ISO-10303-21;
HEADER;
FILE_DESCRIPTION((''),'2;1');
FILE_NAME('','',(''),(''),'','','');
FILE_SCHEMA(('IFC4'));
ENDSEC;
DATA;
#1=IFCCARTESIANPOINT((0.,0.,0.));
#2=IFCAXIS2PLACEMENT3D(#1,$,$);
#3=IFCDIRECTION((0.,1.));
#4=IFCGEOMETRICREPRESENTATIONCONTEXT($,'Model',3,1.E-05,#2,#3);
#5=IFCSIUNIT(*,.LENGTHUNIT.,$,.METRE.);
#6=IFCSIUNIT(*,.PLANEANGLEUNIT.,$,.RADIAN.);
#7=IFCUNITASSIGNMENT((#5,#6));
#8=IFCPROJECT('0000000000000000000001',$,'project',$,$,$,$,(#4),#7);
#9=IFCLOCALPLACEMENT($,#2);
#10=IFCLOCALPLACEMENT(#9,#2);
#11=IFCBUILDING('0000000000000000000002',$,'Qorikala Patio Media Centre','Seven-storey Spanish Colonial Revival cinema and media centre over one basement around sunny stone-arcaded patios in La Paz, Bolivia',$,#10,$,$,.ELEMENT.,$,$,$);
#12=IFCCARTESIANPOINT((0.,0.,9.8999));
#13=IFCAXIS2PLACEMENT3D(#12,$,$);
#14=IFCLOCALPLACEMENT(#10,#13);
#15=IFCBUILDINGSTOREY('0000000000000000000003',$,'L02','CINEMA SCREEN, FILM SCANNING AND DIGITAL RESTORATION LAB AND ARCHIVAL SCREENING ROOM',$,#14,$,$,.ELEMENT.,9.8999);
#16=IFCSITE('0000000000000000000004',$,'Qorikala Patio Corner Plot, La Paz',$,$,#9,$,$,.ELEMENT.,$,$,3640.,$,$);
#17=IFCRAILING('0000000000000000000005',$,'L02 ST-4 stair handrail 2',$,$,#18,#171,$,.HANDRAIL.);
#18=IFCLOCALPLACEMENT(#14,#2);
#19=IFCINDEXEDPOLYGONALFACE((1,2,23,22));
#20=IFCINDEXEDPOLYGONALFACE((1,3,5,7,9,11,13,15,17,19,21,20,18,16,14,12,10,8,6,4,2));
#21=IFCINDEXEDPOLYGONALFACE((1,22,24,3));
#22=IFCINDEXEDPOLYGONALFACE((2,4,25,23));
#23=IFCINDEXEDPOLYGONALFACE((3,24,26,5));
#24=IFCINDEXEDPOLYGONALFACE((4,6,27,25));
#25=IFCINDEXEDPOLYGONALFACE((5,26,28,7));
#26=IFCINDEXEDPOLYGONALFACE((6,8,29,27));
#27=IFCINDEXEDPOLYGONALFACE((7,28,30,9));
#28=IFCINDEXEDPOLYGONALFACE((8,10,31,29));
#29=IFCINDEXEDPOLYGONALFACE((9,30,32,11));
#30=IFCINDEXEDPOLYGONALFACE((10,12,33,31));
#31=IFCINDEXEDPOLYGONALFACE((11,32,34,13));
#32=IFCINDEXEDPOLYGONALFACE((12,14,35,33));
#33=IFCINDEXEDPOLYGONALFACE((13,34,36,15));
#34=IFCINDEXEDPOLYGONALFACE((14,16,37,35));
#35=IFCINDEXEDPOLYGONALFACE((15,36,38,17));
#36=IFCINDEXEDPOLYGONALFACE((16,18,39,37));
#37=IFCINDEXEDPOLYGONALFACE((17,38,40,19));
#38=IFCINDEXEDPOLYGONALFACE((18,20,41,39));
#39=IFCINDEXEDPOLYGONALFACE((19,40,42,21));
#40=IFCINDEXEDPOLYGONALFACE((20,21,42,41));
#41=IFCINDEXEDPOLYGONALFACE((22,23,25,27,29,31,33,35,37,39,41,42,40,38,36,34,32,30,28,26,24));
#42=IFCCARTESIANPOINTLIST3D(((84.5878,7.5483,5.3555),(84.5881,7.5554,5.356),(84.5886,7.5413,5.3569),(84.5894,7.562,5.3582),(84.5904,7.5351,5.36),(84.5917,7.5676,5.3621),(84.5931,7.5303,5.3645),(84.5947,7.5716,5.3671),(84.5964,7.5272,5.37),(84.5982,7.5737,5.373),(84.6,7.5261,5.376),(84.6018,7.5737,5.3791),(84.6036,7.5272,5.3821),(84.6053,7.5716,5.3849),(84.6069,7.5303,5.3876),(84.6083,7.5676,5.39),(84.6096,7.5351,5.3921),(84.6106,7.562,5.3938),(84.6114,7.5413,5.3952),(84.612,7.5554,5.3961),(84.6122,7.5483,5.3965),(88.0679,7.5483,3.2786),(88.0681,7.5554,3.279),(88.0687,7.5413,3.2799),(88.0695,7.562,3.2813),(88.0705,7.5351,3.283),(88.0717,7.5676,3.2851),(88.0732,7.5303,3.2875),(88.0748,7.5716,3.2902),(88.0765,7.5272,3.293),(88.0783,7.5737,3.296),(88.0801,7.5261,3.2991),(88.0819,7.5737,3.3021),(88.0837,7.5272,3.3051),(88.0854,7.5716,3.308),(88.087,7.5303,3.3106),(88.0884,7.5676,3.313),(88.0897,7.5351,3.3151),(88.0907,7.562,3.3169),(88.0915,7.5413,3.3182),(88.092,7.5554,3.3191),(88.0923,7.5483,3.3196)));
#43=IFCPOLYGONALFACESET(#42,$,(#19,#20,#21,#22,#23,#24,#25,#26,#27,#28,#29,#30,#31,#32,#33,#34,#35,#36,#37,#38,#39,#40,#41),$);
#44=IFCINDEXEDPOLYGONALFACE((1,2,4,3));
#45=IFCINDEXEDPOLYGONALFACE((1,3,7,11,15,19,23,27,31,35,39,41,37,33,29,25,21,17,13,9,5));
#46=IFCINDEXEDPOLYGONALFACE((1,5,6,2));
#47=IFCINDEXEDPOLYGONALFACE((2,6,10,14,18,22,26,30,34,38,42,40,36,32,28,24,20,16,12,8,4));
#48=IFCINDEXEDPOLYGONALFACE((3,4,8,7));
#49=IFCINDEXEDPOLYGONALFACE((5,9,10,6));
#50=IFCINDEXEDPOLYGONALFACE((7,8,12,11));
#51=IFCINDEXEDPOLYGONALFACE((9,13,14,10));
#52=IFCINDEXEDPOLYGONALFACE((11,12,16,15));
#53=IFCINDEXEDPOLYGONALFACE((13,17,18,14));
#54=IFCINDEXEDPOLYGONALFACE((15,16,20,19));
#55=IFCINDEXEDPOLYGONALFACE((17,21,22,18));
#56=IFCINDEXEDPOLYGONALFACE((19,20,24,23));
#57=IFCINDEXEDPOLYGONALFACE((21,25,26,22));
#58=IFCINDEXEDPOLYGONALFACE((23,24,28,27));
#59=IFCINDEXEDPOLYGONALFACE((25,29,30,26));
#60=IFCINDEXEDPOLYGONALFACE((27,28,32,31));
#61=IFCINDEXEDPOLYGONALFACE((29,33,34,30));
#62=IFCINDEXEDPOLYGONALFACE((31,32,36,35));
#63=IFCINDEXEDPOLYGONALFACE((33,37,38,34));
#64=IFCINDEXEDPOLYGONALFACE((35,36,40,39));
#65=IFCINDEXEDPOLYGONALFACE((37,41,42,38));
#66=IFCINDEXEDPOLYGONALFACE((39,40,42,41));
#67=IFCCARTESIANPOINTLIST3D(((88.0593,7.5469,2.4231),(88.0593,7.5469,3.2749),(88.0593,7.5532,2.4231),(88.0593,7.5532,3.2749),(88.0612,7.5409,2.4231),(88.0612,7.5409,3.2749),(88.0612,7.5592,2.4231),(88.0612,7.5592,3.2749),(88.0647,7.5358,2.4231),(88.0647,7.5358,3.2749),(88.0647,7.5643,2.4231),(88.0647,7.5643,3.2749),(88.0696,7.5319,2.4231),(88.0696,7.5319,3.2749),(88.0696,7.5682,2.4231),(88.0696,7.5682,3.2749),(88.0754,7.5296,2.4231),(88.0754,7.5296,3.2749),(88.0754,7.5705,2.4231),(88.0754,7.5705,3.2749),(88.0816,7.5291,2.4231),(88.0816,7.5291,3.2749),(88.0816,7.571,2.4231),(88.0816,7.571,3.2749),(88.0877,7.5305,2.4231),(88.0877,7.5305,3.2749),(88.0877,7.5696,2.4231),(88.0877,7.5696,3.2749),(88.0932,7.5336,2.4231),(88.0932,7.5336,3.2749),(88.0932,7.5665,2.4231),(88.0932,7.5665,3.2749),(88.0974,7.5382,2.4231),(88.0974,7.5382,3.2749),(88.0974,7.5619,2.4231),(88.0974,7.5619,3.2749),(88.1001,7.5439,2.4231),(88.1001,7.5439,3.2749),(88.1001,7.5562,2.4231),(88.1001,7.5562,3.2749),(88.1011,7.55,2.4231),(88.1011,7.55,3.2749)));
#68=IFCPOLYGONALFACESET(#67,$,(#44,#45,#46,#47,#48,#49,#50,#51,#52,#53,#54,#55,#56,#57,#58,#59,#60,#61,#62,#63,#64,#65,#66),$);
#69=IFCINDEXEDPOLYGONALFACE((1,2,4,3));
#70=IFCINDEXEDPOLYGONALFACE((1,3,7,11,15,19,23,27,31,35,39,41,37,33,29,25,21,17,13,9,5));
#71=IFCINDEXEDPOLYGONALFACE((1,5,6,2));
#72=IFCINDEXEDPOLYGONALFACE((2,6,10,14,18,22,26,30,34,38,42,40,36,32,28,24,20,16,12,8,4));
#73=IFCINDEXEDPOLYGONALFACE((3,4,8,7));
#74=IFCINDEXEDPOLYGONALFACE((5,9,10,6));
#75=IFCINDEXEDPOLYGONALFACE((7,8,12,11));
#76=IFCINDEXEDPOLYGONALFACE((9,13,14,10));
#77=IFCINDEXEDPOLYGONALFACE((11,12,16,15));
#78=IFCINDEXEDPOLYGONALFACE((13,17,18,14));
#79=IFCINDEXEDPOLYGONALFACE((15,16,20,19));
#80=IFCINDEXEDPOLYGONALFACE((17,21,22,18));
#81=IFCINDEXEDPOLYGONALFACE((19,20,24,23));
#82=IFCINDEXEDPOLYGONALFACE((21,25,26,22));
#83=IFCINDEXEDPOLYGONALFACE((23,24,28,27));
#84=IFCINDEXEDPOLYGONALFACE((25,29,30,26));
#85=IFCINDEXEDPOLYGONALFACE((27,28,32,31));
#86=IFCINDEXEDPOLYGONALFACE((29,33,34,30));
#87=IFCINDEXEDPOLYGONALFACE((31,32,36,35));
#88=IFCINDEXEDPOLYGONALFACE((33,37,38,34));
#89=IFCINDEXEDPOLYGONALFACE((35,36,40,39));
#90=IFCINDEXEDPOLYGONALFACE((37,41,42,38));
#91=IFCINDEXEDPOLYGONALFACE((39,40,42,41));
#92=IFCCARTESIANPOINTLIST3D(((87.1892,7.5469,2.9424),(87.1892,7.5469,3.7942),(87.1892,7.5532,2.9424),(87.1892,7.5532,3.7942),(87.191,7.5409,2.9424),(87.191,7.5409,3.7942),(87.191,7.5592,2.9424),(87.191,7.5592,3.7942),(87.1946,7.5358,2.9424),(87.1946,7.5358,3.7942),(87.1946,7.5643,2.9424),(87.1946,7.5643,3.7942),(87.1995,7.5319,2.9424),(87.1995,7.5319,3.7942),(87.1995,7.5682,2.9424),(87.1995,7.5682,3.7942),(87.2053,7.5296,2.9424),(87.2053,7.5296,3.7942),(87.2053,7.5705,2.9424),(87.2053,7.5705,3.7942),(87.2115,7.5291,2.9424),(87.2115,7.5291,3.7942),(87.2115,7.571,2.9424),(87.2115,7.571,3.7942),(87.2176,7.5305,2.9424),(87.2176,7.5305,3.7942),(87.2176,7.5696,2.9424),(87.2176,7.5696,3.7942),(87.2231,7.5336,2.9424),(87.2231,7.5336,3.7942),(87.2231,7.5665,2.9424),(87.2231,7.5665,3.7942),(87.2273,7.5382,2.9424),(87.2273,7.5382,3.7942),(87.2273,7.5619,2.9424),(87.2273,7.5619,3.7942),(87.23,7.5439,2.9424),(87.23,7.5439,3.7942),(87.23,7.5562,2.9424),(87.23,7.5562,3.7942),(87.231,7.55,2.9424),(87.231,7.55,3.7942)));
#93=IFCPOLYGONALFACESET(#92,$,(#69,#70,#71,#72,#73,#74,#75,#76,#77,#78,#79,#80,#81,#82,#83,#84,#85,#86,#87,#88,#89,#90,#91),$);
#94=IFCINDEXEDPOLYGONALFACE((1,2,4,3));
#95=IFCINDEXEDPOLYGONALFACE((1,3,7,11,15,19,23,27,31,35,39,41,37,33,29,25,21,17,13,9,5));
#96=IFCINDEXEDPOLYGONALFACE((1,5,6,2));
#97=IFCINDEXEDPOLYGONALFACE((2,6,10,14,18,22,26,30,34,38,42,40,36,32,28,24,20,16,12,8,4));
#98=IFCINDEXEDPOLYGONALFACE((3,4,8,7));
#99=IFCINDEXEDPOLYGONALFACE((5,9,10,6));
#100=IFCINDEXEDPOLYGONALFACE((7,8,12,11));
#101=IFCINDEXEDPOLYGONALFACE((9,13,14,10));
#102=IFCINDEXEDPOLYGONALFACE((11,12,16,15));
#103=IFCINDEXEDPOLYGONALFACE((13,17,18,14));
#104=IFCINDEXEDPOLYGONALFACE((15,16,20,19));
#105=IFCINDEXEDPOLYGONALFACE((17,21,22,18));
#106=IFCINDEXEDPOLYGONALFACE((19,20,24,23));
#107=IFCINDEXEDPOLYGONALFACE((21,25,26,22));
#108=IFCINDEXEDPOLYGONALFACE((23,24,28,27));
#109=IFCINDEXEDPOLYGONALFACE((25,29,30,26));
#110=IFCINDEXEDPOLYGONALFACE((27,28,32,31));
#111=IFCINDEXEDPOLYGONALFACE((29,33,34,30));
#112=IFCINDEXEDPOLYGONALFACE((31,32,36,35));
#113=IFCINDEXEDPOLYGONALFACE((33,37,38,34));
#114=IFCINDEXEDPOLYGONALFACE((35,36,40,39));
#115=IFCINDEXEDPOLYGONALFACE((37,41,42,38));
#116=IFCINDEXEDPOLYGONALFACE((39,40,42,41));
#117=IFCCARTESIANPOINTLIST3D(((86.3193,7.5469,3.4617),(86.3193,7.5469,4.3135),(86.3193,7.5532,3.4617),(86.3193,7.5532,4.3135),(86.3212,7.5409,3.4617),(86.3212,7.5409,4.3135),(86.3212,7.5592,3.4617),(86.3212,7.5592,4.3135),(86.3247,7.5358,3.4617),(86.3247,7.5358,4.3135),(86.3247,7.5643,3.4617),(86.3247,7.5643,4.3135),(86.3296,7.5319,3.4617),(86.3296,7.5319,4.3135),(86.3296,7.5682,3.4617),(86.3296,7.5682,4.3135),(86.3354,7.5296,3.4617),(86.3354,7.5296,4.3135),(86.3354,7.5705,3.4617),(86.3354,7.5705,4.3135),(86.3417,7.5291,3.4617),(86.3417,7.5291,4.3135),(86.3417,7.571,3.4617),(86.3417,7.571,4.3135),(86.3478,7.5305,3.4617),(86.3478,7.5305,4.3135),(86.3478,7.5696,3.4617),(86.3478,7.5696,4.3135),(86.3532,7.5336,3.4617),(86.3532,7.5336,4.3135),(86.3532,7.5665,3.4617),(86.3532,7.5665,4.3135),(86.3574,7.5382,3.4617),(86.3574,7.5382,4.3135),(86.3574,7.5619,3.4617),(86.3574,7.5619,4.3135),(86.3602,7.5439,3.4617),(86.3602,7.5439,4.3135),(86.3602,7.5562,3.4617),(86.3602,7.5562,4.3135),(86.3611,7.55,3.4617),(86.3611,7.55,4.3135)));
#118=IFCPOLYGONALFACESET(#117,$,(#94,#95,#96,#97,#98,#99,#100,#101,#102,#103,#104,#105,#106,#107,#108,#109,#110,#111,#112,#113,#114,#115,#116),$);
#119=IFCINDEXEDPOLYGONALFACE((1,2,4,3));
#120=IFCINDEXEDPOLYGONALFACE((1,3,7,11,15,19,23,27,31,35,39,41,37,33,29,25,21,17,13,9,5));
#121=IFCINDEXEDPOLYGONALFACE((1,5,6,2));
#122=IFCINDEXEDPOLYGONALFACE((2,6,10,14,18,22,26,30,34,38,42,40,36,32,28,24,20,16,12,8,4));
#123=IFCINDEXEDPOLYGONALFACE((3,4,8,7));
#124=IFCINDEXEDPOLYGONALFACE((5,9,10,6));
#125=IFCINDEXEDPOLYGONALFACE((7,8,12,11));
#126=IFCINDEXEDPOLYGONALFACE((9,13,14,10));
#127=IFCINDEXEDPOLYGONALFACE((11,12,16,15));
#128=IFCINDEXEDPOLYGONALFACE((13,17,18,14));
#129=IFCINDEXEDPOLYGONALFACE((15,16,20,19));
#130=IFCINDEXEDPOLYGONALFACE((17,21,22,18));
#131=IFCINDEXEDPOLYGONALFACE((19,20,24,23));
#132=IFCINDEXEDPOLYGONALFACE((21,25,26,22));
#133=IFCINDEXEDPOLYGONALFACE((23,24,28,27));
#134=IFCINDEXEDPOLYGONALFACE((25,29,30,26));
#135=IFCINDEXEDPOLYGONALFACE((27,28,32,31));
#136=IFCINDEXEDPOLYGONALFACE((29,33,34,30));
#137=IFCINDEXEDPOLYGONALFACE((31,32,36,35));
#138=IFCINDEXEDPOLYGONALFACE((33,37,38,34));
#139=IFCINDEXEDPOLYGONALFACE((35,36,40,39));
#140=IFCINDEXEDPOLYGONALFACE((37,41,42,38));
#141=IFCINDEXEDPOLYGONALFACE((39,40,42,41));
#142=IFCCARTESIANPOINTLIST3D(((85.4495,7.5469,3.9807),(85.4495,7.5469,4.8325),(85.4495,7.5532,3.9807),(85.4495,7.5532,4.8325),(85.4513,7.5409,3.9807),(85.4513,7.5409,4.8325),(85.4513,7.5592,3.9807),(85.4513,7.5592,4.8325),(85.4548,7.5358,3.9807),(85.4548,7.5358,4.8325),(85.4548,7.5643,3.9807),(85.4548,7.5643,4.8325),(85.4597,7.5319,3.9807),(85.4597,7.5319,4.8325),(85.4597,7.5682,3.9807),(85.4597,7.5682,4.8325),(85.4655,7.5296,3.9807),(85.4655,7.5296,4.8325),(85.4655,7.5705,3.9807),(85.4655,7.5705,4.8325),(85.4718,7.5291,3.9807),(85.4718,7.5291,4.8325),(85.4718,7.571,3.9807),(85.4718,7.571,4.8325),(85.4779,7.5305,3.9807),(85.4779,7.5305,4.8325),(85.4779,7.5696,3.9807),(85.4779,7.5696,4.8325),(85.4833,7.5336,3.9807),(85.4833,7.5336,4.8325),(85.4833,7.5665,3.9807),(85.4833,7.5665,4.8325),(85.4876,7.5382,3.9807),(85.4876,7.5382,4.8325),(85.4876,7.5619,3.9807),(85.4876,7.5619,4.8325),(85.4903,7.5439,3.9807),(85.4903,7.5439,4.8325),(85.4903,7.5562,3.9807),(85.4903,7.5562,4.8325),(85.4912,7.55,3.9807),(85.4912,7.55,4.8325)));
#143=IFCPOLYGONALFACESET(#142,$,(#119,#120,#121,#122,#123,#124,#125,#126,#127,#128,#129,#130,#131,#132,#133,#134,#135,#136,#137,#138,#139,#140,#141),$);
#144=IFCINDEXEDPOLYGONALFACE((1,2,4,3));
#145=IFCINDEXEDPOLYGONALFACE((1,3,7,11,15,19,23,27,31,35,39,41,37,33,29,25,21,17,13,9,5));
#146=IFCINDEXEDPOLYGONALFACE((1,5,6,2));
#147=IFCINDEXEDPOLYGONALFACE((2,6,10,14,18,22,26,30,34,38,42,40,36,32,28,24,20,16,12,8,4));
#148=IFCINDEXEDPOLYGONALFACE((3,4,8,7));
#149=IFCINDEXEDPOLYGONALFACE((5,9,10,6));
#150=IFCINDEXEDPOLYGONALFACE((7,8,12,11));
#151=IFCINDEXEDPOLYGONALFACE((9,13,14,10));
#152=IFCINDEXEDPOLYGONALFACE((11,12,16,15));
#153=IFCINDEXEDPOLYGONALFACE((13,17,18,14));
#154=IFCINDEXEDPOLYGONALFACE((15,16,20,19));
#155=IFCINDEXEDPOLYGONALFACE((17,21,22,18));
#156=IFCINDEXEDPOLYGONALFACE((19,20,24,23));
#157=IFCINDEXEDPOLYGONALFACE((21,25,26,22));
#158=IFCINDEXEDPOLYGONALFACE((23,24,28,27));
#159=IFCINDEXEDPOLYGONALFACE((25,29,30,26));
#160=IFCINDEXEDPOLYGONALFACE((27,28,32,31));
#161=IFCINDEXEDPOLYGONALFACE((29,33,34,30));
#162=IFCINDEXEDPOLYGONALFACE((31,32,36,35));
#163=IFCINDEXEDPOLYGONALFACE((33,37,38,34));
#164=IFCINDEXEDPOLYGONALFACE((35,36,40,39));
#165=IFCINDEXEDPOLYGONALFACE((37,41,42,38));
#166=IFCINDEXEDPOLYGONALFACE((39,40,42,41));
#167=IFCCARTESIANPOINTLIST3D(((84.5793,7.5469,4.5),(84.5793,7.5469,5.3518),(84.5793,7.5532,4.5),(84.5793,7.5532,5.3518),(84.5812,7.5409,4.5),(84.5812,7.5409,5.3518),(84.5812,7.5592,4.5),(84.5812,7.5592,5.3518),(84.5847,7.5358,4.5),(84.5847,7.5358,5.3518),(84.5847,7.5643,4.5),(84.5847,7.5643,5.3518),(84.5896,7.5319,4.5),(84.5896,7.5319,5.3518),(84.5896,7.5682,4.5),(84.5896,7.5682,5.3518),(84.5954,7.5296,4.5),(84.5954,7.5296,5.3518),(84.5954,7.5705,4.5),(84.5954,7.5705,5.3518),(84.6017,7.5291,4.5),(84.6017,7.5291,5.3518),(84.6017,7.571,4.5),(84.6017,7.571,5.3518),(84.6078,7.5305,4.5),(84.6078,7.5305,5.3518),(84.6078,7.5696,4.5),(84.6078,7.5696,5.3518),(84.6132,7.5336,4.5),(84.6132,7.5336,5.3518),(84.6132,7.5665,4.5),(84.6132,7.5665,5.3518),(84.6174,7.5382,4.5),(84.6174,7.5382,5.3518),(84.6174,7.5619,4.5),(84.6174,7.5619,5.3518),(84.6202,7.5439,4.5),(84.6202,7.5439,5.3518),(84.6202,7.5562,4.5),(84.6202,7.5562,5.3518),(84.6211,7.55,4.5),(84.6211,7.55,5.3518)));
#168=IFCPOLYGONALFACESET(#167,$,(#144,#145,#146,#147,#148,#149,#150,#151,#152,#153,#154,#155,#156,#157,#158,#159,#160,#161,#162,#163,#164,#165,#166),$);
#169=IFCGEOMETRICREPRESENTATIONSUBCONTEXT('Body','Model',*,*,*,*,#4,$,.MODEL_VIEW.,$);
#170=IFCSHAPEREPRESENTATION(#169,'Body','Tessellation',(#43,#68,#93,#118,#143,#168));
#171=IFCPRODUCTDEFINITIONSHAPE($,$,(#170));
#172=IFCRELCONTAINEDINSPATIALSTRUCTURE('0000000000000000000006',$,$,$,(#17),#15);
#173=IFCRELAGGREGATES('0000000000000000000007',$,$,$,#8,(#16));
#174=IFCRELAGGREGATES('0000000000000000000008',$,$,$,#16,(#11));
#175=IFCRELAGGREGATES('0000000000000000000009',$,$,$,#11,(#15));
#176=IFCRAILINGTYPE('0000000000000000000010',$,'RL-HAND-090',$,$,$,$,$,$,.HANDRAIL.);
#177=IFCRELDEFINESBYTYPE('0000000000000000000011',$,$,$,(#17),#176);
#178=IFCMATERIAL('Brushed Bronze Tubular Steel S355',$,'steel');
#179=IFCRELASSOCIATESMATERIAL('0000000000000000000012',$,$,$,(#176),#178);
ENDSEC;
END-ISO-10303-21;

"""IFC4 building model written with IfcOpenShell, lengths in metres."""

from ifc_helpers import new_model, si_unit, direction, frame, origin, origin_2d, place, context, subcontext, project, spatial, circle, extrude, material, type_object, element, save


model = new_model("IFC4")

# Units and contexts
model_context = context("Model", 3, precision=1e-05, world=origin(), true_north=direction((0.0, 1.0)))
body_context = subcontext(model_context, "Body", "Model", "MODEL_VIEW")
ifc_project = project(units=[si_unit("LENGTHUNIT", "METRE"), si_unit("PLANEANGLEUNIT", "RADIAN")], contexts=[model_context])

# Site, building, storey
site_placement = place(None, origin())
site = spatial("IfcSite", under=ifc_project, at=site_placement, Name="Qorikala Patio Corner Plot, La Paz", CompositionType="ELEMENT", RefElevation=3640.0)
building_placement = place(site_placement, origin())
building = spatial("IfcBuilding", under=site, at=building_placement, Name="Qorikala Patio Media Centre", Description="Seven-storey Spanish Colonial Revival cinema and media centre over one basement around sunny stone-arcaded patios in La Paz, Bolivia", CompositionType="ELEMENT")
storey_placement = place(building_placement, frame((0.0, 0.0, 9.8999)))
storey = spatial("IfcBuildingStorey", under=building, at=storey_placement, Name="L02", Description="CINEMA SCREEN, FILM SCANNING AND DIGITAL RESTORATION LAB AND ARCHIVAL SCREENING ROOM", CompositionType="ELEMENT", Elevation=9.8999)

# Railing
ifc_material_1 = material(Name="Brushed Bronze Tubular Steel S355", Category="steel")
railing_type_1 = type_object("IfcRailingType", Name="RL-HAND-090", PredefinedType="HANDRAIL", material=ifc_material_1)
railing_1_placement = place(storey_placement, frame((88.0801, 7.55, 2.4231)))
element("IfcRailing", 1, at=railing_1_placement, inside=storey, type_object=railing_type_1, Name="L02 ST-4 stair handrail 2", PredefinedType="HANDRAIL", context=body_context, shape_type="SweptSolid", body=[
    extrude(circle(Radius=0.0239, at=origin_2d()), frame((0.0, 0.0, 0.876), z_axis=(-0.858697, 0.0, 0.512483), x_axis=(0.0, -1.0, 0.0)), (0.0, 0.0, 1.0), 4.0527),
    extrude(circle(Radius=0.021, at=origin_2d()), origin(), (0.0, 0.0, 1.0), 0.8518),
    extrude(circle(Radius=0.021, at=origin_2d()), frame((-0.8701, 0.0, 0.5193)), (0.0, 0.0, 1.0), 0.8518),
    extrude(circle(Radius=0.021, at=origin_2d()), frame((-1.74, 0.0, 1.0386)), (0.0, 0.0, 1.0), 0.8518),
    extrude(circle(Radius=0.021, at=origin_2d()), frame((-2.6099, 0.0, 1.5576)), (0.0, 0.0, 1.0), 0.8518),
    extrude(circle(Radius=0.021, at=origin_2d()), frame((-3.48, 0.0, 2.0769)), (0.0, 0.0, 1.0), 0.8518),
])

save(model, "model.ifc")
